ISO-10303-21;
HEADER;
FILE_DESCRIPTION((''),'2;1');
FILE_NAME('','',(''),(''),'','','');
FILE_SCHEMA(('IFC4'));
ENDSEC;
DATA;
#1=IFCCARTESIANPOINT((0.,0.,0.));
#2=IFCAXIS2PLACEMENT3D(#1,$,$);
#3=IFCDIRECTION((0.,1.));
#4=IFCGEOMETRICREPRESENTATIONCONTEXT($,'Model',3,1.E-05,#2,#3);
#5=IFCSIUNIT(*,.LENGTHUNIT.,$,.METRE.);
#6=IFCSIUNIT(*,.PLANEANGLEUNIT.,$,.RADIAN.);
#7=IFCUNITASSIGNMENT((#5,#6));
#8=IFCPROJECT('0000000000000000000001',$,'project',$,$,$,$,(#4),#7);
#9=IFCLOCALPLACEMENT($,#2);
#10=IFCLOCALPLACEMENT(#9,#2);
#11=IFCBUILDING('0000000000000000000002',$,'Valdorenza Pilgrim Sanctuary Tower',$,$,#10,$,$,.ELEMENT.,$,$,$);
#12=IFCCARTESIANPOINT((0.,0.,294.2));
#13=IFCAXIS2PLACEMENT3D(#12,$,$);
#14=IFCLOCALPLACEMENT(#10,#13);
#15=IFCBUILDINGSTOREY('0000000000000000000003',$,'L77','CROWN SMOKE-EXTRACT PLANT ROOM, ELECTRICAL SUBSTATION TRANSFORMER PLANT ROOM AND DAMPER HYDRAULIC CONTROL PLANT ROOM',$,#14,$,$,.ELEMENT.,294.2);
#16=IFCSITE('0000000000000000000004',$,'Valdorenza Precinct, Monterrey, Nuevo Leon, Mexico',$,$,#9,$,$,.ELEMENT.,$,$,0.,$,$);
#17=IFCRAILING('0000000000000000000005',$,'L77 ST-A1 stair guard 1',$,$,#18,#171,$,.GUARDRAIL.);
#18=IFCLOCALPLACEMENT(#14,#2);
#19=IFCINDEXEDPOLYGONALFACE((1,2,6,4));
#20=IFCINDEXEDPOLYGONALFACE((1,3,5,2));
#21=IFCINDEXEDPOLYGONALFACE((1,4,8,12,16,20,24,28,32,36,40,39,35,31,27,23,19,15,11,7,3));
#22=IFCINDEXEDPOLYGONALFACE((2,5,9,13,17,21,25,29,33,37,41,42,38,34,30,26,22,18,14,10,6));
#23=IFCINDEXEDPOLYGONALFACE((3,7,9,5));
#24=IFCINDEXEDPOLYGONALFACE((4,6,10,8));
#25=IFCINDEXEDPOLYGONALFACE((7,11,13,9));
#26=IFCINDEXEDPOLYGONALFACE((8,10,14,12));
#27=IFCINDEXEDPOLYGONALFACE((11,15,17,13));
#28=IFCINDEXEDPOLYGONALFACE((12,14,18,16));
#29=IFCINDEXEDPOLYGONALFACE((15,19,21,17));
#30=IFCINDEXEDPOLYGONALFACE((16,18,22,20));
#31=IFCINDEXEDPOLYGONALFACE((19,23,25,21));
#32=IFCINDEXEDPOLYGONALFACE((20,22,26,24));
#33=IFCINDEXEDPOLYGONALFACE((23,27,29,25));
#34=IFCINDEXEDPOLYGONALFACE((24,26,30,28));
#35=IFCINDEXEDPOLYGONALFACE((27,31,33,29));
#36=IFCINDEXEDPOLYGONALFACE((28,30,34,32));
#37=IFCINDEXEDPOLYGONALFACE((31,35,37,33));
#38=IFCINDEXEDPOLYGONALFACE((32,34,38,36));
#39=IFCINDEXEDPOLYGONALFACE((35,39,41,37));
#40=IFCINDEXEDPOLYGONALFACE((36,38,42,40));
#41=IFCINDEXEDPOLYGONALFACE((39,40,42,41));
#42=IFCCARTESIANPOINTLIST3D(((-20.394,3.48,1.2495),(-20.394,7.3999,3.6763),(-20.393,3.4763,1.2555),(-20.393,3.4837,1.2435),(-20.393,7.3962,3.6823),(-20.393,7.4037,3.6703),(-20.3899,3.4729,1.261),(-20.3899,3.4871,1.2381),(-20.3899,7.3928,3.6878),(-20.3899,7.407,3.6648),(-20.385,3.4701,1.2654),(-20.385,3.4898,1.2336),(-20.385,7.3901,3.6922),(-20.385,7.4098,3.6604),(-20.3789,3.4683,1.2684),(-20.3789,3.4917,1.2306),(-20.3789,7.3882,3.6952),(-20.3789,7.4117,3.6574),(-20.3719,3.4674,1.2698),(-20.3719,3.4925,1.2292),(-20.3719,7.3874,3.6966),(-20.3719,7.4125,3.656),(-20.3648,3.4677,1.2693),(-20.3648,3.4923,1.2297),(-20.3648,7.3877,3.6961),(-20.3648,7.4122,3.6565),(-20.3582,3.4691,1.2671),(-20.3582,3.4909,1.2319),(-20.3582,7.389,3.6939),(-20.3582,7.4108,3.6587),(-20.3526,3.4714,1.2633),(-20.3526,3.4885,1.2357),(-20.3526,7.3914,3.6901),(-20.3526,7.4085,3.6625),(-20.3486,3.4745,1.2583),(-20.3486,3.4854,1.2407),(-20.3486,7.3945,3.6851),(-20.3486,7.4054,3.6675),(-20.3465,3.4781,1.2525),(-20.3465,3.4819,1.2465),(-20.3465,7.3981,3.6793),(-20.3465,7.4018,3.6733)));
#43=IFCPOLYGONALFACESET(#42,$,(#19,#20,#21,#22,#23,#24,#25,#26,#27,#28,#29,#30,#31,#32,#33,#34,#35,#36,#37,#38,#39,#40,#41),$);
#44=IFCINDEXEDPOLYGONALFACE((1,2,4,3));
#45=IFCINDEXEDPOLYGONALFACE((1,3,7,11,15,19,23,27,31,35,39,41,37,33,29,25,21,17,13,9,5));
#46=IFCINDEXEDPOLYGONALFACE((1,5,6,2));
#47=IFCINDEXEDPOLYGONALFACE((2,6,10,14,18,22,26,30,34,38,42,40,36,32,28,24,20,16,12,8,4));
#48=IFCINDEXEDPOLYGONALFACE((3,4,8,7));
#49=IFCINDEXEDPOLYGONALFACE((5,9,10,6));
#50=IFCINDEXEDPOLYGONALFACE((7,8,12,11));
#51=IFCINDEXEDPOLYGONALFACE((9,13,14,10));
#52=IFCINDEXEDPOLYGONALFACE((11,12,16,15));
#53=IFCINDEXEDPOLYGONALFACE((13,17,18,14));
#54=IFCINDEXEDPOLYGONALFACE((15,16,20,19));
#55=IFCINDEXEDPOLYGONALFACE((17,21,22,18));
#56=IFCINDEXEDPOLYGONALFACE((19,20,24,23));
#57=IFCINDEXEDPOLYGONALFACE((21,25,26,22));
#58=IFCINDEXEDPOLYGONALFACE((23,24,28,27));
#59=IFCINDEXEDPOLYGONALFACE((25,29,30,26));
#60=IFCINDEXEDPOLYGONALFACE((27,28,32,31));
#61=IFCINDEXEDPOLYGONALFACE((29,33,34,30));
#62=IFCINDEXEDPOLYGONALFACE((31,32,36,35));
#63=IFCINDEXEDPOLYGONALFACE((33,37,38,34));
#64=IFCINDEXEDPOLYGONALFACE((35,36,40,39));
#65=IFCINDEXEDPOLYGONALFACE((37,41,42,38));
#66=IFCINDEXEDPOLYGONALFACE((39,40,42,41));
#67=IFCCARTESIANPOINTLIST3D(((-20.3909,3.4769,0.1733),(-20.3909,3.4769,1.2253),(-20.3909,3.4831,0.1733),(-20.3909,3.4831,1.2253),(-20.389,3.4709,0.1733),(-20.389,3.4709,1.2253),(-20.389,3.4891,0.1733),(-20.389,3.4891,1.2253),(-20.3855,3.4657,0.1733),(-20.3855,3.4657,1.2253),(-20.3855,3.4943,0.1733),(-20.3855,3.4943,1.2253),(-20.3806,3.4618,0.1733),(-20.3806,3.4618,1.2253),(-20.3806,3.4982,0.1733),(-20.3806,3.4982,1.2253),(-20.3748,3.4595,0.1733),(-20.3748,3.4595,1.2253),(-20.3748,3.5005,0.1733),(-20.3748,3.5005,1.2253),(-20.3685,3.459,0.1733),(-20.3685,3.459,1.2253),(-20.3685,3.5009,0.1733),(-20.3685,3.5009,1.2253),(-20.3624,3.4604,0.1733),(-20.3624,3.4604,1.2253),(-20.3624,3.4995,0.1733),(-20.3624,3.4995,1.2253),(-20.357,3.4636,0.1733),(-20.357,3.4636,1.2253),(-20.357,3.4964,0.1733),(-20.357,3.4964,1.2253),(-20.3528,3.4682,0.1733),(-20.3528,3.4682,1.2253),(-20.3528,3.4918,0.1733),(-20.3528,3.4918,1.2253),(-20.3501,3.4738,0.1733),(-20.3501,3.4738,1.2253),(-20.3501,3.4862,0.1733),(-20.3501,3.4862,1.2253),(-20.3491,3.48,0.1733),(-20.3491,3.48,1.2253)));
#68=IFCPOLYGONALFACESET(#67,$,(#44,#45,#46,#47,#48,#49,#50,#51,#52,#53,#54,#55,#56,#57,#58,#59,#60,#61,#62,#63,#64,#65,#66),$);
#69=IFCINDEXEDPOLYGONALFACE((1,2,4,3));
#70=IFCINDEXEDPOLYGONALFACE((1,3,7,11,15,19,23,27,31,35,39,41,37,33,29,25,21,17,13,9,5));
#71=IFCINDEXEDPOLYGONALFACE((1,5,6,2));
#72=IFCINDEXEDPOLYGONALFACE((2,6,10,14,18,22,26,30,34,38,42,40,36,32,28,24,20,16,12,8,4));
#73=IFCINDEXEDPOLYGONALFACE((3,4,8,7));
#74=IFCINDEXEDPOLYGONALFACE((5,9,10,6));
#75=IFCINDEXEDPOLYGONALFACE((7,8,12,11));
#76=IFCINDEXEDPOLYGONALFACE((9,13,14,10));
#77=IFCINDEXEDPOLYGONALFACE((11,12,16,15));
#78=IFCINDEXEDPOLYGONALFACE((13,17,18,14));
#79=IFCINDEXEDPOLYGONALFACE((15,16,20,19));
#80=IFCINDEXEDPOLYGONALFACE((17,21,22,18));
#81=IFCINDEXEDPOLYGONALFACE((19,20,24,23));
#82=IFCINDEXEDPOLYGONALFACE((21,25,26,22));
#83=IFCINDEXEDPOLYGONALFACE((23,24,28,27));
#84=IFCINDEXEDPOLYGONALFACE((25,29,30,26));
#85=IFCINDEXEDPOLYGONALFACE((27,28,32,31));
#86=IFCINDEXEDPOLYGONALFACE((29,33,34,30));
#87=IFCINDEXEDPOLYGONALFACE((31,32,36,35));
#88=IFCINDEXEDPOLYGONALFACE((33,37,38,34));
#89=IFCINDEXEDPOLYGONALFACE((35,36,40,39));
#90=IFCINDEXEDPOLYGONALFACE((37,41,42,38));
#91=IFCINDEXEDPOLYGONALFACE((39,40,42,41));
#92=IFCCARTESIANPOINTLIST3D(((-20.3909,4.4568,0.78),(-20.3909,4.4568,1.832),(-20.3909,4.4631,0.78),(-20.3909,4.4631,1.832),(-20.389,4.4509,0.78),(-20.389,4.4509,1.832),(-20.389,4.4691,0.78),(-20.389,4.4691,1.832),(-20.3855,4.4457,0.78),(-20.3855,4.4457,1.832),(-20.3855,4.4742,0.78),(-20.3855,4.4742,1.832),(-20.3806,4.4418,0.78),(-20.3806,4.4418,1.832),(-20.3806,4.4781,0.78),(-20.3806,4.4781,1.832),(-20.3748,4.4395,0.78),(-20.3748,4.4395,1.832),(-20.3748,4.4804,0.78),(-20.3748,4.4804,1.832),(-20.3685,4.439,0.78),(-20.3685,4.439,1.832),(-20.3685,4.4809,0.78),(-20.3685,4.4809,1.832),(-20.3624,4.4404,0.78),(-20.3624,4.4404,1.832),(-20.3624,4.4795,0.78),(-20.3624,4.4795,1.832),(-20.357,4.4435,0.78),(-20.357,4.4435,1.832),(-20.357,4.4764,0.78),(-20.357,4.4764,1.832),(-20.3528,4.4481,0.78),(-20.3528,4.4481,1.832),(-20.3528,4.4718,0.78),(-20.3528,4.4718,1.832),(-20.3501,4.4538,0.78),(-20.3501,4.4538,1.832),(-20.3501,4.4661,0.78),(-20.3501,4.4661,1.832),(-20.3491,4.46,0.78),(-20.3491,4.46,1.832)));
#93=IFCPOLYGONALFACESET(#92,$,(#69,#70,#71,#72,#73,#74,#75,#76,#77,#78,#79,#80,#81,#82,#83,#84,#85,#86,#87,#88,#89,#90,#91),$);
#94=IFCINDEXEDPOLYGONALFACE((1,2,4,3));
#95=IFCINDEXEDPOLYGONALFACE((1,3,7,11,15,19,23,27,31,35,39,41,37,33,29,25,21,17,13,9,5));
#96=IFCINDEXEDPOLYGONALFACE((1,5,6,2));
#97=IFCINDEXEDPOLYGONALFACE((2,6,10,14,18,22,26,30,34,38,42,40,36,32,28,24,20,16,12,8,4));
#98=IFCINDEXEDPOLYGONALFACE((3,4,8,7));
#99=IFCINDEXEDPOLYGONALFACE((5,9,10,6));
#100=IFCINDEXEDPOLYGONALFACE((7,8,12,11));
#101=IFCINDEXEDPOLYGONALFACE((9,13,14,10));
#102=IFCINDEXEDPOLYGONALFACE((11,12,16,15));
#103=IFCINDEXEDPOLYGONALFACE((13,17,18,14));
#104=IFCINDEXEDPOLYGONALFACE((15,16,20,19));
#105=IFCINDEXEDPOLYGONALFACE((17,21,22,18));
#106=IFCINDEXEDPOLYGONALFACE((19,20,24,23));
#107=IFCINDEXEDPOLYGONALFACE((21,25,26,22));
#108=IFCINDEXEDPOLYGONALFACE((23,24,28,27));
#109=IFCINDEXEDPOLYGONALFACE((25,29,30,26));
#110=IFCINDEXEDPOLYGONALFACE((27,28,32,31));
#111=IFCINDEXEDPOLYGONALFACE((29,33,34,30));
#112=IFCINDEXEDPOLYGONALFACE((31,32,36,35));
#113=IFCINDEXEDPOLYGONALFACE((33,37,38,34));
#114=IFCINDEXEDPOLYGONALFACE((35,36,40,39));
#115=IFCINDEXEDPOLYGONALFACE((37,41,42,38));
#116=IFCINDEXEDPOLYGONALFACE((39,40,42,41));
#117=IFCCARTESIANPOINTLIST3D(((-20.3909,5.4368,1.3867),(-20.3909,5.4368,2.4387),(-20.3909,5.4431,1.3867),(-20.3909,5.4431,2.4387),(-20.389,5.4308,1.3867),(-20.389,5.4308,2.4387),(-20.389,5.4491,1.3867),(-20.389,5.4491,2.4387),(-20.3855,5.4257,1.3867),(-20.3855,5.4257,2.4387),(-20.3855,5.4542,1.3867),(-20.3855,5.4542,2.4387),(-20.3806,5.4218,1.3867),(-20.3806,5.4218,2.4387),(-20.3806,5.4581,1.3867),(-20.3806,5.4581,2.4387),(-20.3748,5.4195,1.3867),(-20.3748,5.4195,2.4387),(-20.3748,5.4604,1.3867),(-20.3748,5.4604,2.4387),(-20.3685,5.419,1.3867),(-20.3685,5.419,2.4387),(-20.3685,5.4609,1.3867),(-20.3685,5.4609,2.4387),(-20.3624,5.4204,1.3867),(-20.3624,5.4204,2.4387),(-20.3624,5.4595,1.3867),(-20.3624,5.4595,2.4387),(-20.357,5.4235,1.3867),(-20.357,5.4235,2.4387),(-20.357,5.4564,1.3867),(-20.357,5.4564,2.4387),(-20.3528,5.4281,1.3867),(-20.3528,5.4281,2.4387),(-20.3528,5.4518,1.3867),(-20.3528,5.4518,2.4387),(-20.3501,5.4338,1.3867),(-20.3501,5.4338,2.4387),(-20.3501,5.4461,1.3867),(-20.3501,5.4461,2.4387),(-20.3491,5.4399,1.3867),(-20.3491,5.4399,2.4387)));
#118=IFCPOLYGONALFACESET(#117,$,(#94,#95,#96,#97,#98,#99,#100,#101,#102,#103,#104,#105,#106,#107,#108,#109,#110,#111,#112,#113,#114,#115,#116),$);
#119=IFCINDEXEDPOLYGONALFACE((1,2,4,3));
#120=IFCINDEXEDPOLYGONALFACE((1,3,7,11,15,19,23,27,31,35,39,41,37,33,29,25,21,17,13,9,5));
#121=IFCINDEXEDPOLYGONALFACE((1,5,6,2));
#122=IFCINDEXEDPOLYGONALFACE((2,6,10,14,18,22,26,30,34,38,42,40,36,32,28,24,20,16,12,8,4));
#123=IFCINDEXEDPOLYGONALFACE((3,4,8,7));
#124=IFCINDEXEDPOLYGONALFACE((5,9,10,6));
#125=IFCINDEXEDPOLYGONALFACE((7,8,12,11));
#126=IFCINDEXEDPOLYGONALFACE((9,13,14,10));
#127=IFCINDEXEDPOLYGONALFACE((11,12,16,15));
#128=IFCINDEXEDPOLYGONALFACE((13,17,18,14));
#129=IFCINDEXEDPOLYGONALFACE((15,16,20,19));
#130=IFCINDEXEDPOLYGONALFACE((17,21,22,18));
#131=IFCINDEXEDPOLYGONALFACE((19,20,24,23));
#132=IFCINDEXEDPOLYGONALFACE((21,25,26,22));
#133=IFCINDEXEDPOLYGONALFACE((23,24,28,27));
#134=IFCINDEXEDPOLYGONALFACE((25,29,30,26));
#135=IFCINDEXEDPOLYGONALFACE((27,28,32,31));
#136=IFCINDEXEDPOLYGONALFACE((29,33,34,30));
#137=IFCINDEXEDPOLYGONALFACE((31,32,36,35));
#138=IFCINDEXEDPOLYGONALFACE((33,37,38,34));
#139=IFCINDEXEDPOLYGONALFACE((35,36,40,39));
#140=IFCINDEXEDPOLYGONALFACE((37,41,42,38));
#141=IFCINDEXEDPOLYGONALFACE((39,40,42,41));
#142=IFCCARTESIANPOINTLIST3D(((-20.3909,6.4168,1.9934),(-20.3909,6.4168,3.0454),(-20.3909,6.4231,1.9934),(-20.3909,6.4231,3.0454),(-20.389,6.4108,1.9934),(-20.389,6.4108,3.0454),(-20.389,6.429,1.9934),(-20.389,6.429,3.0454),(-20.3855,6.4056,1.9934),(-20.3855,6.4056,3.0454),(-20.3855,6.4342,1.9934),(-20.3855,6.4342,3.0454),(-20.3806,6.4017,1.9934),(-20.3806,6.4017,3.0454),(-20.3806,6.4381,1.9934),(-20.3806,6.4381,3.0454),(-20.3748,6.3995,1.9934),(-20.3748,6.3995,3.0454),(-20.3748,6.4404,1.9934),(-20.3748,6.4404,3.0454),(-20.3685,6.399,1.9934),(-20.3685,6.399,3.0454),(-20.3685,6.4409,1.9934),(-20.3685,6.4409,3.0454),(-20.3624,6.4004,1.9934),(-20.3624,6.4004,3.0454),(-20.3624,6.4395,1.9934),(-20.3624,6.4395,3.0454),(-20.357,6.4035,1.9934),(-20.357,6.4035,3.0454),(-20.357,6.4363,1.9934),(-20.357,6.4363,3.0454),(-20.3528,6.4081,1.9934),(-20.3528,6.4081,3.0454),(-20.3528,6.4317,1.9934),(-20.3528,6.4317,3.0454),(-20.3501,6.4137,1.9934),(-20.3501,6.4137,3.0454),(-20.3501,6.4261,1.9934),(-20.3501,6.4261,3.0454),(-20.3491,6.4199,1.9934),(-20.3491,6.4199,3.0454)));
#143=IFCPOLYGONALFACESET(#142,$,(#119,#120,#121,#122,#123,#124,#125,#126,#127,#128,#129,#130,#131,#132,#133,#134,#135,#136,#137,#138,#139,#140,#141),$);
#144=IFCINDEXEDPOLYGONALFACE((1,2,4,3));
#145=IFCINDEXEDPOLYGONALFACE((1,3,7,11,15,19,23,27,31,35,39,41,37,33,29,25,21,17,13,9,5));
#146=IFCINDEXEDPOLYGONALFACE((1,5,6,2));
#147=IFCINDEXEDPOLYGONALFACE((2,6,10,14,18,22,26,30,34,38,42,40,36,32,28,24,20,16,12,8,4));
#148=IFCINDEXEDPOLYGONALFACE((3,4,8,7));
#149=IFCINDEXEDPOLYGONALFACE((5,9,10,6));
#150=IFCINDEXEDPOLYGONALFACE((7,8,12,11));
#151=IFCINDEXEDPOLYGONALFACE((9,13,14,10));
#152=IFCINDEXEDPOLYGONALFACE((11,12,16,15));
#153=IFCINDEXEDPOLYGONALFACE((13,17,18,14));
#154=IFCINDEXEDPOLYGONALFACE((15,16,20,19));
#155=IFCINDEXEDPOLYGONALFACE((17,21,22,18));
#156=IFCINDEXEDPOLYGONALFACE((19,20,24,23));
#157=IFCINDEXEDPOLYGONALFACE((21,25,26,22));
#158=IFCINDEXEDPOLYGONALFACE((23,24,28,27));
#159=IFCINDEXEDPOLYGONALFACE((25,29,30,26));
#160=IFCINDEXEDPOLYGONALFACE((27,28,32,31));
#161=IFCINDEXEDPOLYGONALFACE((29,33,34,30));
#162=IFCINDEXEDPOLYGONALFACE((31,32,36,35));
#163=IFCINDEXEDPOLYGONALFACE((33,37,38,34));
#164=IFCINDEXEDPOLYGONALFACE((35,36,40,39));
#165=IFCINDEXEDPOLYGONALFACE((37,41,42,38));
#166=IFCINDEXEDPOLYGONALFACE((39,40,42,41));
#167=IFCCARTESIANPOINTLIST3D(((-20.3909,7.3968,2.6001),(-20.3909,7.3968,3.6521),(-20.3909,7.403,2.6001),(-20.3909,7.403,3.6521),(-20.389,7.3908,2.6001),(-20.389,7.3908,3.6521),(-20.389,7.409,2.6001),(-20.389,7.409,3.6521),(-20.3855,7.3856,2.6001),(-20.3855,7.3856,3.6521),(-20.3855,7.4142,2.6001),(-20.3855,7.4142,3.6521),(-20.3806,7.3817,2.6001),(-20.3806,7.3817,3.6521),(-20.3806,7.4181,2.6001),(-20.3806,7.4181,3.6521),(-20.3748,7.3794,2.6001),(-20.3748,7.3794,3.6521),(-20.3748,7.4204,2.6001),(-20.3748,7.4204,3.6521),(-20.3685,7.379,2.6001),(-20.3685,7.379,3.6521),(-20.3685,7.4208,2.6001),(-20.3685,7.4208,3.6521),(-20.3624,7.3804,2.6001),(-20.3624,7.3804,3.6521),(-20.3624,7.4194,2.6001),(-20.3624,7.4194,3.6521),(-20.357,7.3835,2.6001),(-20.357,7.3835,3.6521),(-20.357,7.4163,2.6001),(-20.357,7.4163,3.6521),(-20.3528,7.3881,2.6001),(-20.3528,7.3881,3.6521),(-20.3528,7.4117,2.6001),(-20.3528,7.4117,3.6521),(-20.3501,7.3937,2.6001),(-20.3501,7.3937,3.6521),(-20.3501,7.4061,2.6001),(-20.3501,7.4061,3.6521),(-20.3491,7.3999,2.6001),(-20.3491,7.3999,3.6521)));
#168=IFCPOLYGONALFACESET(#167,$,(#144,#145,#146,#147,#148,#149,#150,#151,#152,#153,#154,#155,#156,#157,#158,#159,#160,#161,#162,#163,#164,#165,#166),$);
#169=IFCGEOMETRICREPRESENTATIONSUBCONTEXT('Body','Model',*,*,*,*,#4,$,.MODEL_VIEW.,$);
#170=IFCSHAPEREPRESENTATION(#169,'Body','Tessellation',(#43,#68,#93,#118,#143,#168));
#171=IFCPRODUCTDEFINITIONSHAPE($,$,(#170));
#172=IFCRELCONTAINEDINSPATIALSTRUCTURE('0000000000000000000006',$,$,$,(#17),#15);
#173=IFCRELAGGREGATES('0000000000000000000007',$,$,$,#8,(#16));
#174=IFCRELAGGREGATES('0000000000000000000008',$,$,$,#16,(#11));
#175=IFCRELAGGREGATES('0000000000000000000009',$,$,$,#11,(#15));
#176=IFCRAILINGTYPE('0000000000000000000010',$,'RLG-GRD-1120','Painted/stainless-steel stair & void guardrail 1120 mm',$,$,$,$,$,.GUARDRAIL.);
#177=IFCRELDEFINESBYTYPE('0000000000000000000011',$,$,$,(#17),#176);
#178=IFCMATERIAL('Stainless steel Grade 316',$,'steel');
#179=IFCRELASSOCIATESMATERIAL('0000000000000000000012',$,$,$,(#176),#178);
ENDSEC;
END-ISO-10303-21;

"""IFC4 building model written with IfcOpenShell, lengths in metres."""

from ifc_helpers import new_model, si_unit, direction, frame, origin, origin_2d, place, context, subcontext, project, spatial, circle, extrude, material, type_object, element, save


model = new_model("IFC4")

# Units and contexts
model_context = context("Model", 3, precision=1e-05, world=origin(), true_north=direction((0.0, 1.0)))
body_context = subcontext(model_context, "Body", "Model", "MODEL_VIEW")
ifc_project = project(units=[si_unit("LENGTHUNIT", "METRE"), si_unit("PLANEANGLEUNIT", "RADIAN")], contexts=[model_context])

# Site, building, storey
site_placement = place(None, origin())
site = spatial("IfcSite", under=ifc_project, at=site_placement, Name="Valdorenza Precinct, Monterrey, Nuevo Leon, Mexico", CompositionType="ELEMENT", RefElevation=0.0)
building_placement = place(site_placement, origin())
building = spatial("IfcBuilding", under=site, at=building_placement, Name="Valdorenza Pilgrim Sanctuary Tower", CompositionType="ELEMENT")
storey_placement = place(building_placement, frame((0.0, 0.0, 294.2)))
storey = spatial("IfcBuildingStorey", under=building, at=storey_placement, Name="L77", Description="CROWN SMOKE-EXTRACT PLANT ROOM, ELECTRICAL SUBSTATION TRANSFORMER PLANT ROOM AND DAMPER HYDRAULIC CONTROL PLANT ROOM", CompositionType="ELEMENT", Elevation=294.2)

# Railing
ifc_material_1 = material(Name="Stainless steel Grade 316", Category="steel")
railing_type_1 = type_object("IfcRailingType", Name="RLG-GRD-1120", Description="Painted/stainless-steel stair & void guardrail 1120 mm", PredefinedType="GUARDRAIL", material=ifc_material_1)
railing_1_placement = place(storey_placement, frame((-20.3701, 3.48, 0.1733)))
element("IfcRailing", 1, at=railing_1_placement, inside=storey, type_object=railing_type_1, Name="L77 ST-A1 stair guard 1", PredefinedType="GUARDRAIL", context=body_context, shape_type="SweptSolid", body=[
    extrude(circle(Radius=0.0239, at=origin_2d()), frame((0.0, 0.0, 1.0762), z_axis=(0.0, 0.850252, 0.526376), x_axis=(-1.0, 0.0, 0.0)), (0.0, 0.0, 1.0), 4.6104),
    extrude(circle(Radius=0.021, at=origin_2d()), origin(), (0.0, 0.0, 1.0), 1.052),
    extrude(circle(Radius=0.021, at=origin_2d()), frame((0.0, 0.98, 0.6067)), (0.0, 0.0, 1.0), 1.052),
    extrude(circle(Radius=0.021, at=origin_2d()), frame((0.0, 1.96, 1.2134)), (0.0, 0.0, 1.0), 1.052),
    extrude(circle(Radius=0.021, at=origin_2d()), frame((0.0, 2.9399, 1.8201)), (0.0, 0.0, 1.0), 1.052),
    extrude(circle(Radius=0.021, at=origin_2d()), frame((0.0, 3.9199, 2.4268)), (0.0, 0.0, 1.0), 1.052),
])

save(model, "model.ifc")
